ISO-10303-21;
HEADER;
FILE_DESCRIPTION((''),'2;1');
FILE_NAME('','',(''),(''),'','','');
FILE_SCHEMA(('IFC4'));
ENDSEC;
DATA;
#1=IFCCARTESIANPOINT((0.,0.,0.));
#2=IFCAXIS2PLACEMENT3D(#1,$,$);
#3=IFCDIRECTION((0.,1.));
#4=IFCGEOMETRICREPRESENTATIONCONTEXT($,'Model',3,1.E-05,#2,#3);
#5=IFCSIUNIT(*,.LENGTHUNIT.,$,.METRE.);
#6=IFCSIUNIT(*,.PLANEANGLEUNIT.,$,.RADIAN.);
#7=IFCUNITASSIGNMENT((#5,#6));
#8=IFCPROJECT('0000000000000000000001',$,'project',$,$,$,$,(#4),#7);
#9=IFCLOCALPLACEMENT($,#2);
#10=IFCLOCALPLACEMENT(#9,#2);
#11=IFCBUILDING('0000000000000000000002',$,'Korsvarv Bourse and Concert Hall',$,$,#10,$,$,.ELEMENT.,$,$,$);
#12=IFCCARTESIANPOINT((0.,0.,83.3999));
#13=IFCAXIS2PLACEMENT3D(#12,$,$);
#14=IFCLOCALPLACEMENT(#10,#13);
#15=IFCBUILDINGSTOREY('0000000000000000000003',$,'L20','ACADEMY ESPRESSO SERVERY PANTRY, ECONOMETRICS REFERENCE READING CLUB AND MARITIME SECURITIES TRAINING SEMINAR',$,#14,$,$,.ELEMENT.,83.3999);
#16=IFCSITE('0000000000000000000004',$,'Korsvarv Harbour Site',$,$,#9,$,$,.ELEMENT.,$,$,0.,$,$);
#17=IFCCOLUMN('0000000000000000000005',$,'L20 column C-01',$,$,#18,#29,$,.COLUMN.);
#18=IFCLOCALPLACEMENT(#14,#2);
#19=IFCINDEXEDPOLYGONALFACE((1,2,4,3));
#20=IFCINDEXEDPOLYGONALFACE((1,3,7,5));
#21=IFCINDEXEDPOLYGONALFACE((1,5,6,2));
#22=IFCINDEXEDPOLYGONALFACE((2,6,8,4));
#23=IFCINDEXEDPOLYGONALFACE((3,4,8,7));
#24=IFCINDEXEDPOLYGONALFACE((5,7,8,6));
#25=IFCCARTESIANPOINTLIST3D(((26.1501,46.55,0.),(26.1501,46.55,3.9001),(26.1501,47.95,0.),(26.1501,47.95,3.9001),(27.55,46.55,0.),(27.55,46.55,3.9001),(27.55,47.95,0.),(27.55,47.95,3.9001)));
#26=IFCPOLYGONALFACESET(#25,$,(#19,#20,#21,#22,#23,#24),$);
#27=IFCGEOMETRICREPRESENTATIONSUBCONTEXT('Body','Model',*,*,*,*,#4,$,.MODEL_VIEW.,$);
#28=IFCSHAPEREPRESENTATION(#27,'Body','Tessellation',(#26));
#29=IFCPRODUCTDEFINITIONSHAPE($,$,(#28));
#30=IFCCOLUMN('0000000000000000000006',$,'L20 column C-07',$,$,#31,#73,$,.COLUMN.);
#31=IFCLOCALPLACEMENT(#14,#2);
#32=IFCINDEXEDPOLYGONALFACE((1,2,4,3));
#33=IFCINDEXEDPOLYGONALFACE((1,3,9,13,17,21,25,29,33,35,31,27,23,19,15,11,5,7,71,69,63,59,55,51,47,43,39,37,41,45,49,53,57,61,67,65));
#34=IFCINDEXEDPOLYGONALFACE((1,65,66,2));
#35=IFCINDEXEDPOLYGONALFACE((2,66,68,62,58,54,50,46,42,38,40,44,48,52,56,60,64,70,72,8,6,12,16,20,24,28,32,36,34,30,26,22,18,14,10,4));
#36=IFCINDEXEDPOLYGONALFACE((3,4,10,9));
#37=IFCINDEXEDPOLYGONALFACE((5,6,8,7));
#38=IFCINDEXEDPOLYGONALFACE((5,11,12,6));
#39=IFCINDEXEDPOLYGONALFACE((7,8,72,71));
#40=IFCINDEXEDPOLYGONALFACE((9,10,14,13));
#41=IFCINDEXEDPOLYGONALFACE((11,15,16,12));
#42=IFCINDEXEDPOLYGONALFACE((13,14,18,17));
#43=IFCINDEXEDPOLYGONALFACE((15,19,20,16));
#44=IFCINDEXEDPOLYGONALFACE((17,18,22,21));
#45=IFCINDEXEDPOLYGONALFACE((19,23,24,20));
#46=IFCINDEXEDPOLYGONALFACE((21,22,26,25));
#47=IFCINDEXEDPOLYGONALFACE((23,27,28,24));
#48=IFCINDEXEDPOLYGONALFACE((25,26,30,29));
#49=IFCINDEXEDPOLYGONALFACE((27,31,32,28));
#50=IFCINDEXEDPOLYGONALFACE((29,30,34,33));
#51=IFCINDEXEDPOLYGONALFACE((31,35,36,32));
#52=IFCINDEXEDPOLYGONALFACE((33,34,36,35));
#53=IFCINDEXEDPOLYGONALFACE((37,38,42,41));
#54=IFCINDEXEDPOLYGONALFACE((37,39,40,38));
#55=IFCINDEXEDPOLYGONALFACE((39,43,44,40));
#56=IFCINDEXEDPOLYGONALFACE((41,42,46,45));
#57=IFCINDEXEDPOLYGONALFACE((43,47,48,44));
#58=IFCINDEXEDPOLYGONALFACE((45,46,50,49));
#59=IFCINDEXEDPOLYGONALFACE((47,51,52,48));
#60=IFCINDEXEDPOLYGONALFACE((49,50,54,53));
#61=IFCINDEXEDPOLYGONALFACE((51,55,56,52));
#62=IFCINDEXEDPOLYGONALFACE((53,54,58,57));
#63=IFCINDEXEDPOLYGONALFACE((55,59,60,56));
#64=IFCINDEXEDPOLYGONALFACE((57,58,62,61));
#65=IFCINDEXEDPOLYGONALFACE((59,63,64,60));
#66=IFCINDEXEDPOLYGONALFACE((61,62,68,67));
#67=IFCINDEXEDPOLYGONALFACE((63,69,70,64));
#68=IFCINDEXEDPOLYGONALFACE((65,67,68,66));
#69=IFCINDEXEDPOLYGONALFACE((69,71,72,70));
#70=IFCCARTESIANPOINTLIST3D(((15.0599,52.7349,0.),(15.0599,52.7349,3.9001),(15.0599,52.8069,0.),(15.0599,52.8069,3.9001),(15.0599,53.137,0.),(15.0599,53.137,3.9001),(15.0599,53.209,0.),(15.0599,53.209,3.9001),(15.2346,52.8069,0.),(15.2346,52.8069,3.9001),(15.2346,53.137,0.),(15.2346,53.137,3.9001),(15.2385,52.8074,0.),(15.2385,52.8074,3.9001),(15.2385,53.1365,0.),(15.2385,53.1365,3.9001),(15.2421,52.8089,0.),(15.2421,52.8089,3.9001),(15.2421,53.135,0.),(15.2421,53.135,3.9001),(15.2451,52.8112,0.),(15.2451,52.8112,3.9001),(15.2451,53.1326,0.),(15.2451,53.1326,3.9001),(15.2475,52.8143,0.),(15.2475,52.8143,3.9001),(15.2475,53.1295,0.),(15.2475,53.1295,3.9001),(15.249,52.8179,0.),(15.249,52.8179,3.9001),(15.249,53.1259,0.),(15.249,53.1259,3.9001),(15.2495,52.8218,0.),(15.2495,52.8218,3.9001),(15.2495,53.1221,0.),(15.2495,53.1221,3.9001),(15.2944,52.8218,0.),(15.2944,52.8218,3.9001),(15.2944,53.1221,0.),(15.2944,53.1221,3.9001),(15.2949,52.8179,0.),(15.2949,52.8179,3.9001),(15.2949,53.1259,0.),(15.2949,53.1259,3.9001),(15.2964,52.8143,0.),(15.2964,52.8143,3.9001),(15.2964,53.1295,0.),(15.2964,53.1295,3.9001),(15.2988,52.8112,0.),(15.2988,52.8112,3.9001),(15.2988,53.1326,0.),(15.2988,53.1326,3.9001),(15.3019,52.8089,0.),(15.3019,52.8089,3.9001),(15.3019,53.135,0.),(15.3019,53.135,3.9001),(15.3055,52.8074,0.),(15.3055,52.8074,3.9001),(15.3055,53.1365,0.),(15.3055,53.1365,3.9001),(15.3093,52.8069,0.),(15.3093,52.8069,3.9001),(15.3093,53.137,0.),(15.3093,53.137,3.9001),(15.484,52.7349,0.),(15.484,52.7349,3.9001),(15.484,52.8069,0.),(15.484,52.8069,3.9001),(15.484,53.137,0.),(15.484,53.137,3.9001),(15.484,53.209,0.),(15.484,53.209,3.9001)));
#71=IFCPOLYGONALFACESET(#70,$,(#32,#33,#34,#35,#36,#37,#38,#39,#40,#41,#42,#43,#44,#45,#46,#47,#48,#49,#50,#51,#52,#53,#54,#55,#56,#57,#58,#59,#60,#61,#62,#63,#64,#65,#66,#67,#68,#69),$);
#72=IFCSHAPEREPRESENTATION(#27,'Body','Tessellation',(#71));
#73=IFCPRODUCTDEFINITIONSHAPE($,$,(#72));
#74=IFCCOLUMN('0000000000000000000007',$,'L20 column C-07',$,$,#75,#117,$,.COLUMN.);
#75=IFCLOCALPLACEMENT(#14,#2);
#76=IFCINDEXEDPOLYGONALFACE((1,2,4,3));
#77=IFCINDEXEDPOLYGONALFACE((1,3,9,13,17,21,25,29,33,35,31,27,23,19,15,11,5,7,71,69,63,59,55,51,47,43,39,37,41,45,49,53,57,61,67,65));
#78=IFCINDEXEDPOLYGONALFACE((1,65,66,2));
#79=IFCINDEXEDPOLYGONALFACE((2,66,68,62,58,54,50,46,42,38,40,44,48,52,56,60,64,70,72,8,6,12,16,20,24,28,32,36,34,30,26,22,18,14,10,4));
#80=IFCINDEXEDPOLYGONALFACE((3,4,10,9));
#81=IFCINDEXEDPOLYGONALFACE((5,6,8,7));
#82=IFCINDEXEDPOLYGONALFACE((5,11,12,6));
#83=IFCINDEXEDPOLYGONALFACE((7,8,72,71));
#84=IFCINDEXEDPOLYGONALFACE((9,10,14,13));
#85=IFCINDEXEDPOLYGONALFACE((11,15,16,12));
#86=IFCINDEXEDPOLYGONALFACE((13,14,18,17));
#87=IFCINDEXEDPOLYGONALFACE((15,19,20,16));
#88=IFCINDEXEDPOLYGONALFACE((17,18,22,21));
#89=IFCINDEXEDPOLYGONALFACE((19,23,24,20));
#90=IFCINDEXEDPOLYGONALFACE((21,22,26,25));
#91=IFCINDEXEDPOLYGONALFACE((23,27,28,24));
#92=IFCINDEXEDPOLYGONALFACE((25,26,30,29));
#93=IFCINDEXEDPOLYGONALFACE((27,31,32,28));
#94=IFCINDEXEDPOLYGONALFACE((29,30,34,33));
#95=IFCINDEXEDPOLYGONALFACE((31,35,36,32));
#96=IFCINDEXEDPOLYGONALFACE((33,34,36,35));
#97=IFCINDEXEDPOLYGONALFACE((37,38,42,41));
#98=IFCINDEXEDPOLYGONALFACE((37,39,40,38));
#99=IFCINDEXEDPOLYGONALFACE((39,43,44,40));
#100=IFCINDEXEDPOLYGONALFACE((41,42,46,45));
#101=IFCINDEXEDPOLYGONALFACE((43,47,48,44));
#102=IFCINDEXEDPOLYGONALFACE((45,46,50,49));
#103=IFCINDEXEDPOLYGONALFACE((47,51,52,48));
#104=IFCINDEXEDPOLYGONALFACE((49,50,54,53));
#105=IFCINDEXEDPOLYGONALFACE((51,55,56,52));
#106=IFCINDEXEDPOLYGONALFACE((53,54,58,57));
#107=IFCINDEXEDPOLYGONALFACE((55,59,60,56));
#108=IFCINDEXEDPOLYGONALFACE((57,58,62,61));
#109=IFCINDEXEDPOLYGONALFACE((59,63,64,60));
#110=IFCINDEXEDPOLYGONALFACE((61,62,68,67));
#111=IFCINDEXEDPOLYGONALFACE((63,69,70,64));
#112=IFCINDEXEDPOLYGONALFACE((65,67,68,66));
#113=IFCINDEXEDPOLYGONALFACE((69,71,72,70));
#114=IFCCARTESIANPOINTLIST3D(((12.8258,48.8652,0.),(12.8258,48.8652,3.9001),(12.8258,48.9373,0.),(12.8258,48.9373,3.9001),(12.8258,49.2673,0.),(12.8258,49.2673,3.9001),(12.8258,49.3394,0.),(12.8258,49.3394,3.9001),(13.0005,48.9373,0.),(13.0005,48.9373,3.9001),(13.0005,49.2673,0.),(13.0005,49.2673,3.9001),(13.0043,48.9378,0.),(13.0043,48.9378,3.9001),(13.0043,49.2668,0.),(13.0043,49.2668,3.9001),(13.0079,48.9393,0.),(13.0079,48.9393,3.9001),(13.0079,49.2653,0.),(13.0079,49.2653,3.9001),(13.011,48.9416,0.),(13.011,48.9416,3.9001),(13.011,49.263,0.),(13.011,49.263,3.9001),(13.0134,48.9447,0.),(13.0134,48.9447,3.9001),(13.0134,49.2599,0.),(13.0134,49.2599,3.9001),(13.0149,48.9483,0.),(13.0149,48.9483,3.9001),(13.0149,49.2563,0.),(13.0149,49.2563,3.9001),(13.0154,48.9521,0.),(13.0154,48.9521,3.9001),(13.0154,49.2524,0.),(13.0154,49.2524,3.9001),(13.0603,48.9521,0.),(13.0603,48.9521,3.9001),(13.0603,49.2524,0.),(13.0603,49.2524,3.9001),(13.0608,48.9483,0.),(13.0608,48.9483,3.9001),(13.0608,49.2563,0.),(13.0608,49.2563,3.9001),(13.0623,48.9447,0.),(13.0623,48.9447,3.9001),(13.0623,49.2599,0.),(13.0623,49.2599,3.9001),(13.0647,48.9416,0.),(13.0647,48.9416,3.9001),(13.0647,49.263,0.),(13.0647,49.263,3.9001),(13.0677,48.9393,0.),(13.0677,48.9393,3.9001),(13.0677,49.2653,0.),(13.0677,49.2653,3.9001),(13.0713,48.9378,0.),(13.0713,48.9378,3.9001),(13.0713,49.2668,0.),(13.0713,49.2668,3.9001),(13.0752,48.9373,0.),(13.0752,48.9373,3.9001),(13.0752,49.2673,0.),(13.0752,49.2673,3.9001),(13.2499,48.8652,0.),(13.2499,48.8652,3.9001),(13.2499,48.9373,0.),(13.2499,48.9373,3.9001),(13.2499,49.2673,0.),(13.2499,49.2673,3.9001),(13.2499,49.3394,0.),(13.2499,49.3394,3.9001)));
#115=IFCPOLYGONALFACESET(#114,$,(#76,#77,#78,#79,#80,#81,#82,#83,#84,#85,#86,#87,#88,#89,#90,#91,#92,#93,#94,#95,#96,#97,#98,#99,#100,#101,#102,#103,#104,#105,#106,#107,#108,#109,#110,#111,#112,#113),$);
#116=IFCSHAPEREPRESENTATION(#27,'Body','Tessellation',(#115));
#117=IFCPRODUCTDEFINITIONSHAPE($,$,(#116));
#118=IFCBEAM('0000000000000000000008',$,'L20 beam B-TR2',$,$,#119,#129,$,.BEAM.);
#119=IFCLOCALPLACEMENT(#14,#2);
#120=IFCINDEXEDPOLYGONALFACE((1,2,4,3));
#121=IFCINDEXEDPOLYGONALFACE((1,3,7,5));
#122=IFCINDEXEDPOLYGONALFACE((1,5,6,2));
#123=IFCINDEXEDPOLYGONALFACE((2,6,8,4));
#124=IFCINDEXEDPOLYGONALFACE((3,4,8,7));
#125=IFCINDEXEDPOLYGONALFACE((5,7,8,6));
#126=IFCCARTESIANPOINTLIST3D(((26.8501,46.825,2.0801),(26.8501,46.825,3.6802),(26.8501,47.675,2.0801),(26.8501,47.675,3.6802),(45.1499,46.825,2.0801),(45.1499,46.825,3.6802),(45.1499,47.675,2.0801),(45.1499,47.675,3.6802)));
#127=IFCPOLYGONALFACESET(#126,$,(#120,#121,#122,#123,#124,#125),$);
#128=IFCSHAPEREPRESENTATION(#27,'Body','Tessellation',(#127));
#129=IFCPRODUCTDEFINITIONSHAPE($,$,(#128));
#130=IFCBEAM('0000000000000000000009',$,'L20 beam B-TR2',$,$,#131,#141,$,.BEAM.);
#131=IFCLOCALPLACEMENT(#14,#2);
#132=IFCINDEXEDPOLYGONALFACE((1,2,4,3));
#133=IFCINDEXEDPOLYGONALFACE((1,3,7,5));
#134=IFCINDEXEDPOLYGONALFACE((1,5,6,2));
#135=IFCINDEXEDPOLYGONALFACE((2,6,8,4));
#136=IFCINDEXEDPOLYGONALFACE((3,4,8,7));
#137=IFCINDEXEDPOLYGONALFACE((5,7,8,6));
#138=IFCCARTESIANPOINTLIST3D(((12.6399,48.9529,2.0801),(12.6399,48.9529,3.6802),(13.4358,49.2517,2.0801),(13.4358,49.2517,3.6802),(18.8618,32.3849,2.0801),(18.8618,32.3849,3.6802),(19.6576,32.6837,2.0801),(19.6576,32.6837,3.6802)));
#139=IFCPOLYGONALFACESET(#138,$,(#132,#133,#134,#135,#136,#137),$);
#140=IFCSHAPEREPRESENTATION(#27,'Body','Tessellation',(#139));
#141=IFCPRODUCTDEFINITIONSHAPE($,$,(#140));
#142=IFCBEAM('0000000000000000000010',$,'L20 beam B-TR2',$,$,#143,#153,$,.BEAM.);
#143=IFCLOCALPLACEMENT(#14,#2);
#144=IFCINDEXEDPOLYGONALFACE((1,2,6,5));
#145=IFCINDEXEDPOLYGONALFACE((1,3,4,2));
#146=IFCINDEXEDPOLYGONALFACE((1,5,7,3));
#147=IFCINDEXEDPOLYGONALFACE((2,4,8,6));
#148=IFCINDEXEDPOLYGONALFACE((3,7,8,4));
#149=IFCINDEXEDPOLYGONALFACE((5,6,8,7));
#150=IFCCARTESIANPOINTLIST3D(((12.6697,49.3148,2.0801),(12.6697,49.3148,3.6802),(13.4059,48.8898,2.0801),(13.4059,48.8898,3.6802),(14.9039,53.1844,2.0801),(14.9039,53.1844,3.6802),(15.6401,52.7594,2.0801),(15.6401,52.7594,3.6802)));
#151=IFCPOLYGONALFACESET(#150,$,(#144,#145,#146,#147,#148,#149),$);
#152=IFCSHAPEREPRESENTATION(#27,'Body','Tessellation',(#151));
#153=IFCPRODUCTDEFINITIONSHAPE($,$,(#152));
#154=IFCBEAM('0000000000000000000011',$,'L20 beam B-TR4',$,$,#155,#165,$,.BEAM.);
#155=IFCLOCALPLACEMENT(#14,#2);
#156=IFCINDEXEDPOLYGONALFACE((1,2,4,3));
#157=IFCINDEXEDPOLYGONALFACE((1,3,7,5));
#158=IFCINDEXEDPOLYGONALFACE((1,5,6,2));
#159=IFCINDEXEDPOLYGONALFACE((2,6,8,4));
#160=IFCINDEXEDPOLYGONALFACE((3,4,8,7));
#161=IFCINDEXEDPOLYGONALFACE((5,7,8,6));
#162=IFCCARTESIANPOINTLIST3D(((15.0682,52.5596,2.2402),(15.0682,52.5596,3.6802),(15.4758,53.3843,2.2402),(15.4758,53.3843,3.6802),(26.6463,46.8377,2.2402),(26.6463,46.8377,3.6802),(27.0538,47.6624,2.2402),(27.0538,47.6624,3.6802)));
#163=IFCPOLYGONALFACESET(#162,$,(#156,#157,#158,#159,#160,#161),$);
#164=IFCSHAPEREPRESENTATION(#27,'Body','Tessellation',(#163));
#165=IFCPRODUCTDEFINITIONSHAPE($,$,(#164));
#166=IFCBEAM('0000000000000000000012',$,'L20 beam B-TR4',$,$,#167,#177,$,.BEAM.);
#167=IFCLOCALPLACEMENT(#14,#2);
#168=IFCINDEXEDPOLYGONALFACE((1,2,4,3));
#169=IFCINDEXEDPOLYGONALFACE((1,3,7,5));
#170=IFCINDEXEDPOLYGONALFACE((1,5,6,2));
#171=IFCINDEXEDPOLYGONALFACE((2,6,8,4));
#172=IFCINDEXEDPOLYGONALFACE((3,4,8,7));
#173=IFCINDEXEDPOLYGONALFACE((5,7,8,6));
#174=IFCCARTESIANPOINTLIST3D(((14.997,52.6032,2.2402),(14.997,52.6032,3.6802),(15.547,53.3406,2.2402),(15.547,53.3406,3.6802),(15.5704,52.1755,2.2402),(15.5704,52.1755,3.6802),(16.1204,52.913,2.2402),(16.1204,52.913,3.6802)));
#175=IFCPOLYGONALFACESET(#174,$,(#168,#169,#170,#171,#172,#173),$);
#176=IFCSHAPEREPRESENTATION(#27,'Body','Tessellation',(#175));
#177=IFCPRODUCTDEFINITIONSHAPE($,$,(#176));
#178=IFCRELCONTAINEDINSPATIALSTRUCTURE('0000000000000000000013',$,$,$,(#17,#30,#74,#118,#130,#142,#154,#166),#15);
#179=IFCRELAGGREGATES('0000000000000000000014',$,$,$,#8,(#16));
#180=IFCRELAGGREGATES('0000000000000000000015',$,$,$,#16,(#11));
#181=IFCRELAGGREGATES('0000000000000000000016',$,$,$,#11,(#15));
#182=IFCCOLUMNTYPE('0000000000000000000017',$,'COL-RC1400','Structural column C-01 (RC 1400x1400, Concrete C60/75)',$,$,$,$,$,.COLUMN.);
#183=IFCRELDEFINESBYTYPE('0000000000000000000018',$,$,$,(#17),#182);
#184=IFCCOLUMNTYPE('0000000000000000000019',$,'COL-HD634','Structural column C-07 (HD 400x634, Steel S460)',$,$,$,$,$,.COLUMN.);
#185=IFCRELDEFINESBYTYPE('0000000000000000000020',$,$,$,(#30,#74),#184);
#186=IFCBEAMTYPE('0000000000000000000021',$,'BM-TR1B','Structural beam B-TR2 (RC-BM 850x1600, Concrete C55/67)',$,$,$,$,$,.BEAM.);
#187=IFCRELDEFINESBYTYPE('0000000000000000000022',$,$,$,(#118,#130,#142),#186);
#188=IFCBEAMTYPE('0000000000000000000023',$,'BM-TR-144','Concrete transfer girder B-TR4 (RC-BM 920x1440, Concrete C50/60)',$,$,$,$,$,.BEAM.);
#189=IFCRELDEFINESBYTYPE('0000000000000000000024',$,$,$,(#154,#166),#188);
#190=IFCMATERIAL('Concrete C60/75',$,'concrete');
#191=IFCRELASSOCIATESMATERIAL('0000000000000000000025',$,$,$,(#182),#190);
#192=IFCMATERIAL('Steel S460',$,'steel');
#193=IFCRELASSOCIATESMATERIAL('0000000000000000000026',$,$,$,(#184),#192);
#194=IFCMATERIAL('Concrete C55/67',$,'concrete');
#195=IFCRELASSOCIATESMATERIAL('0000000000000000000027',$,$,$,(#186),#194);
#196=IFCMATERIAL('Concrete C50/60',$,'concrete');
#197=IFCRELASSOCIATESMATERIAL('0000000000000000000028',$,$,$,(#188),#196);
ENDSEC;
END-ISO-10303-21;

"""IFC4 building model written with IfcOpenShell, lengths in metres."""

from ifc_helpers import new_model, si_unit, direction, frame, origin, origin_2d, place, context, subcontext, project, spatial, rectangle, i_section, extrude, source, transform, mapped, material, material_profile, profile_set, type_object, element, save


model = new_model("IFC4")

# Units and contexts
model_context = context("Model", 3, precision=1e-05, world=origin(), true_north=direction((0.0, 1.0)))
body_context = subcontext(model_context, "Body", "Model", "MODEL_VIEW")
ifc_project = project(units=[si_unit("LENGTHUNIT", "METRE"), si_unit("PLANEANGLEUNIT", "RADIAN")], contexts=[model_context])

# Site, building, storey
site_placement = place(None, origin())
site = spatial("IfcSite", under=ifc_project, at=site_placement, Name="Korsvarv Harbour Site", CompositionType="ELEMENT", RefElevation=0.0)
building_placement = place(site_placement, origin())
building = spatial("IfcBuilding", under=site, at=building_placement, Name="Korsvarv Bourse and Concert Hall", CompositionType="ELEMENT")
storey_placement = place(building_placement, frame((0.0, 0.0, 83.3999)))
storey = spatial("IfcBuildingStorey", under=building, at=storey_placement, Name="L20", Description="ACADEMY ESPRESSO SERVERY PANTRY, ECONOMETRICS REFERENCE READING CLUB AND MARITIME SECURITIES TRAINING SEMINAR", CompositionType="ELEMENT", Elevation=83.3999)

# Columns
ifc_material_1 = material(Name="Concrete C60/75", Category="concrete")
ifc_material_profile_1 = material_profile(ifc_material_1, rectangle(XDim=1.3999, YDim=1.3999, at=origin_2d()), Name="RC 1400x1400")
ifc_profile_set_1 = profile_set([ifc_material_profile_1], Name="Concrete C60/75")
column_type_1 = type_object("IfcColumnType", Name="COL-RC1400", Description="Structural column C-01 (RC 1400x1400, Concrete C60/75)", PredefinedType="COLUMN", material=ifc_profile_set_1)
shared_shape_1 = source(origin(), body_context, "Body", "SweptSolid", [
    extrude(rectangle(XDim=1.3999, YDim=1.3999, at=origin_2d()), origin(), (0.0, 0.0, 1.0), 3.9001),
])
column_placement = place(storey_placement, frame((26.8501, 47.25, 0.0), z_axis=(0.0, 0.0, 1.0), x_axis=(1.0, 0.0, 0.0)))
element("IfcColumn", 1, at=column_placement, inside=storey, type_object=column_type_1, Name="L20 column C-01", PredefinedType="COLUMN", context=body_context, shape_type="MappedRepresentation", body=[
    mapped(shared_shape_1, transform((0.0, 0.0, 0.0), scale=1.0)),
])
ifc_material_2 = material(Name="Steel S460", Category="steel")
ifc_material_profile_2 = material_profile(ifc_material_2, i_section(OverallWidth=0.4241, OverallDepth=0.4741, WebThickness=0.0449, FlangeThickness=0.072, FilletRadius=0.0149, at=origin_2d()), Name="HD 400x634")
ifc_profile_set_2 = profile_set([ifc_material_profile_2], Name="Steel S460")
column_type_2 = type_object("IfcColumnType", Name="COL-HD634", Description="Structural column C-07 (HD 400x634, Steel S460)", PredefinedType="COLUMN", material=ifc_profile_set_2)
shared_shape_2 = source(origin(), body_context, "Body", "SweptSolid", [
    extrude(i_section(OverallWidth=0.4241, OverallDepth=0.4741, WebThickness=0.0449, FlangeThickness=0.072, FilletRadius=0.0149, at=origin_2d()), origin(), (0.0, 0.0, 1.0), 3.9001),
])
for number, where, z_axis, x_axis, name in (
    (2, (15.272, 52.9719, 0.0), (0.0, 0.0, 1.0), (1.0, 0.0, 0.0), "L20 column C-07"),
    (3, (13.0378, 49.1023, 0.0), (0.0, 0.0, 1.0), (1.0, 0.0, 0.0), "L20 column C-07"),
):
    element("IfcColumn", number, at=place(storey_placement, frame(where, z_axis=z_axis, x_axis=x_axis)), inside=storey, type_object=column_type_2, Name=name, PredefinedType="COLUMN", context=body_context, shape_type="MappedRepresentation", body=[
        mapped(shared_shape_2, transform((0.0, 0.0, 0.0), scale=1.0)),
    ])

# Beams
ifc_material_3 = material(Name="Concrete C55/67", Category="concrete")
ifc_material_profile_3 = material_profile(ifc_material_3, rectangle(XDim=0.8501, YDim=1.6001, at=origin_2d()), Name="RC-BM 850x1600")
ifc_profile_set_3 = profile_set([ifc_material_profile_3], Name="Concrete C55/67")
beam_type_1 = type_object("IfcBeamType", Name="BM-TR1B", Description="Structural beam B-TR2 (RC-BM 850x1600, Concrete C55/67)", PredefinedType="BEAM", material=ifc_profile_set_3)
shared_shape_3 = source(origin(), body_context, "Body", "SweptSolid", [
    extrude(rectangle(XDim=0.8501, YDim=1.6001, at=origin_2d()), origin(), (0.0, 0.0, 1.0), 18.2998),
])
beam_1_placement = place(storey_placement, frame((26.8501, 47.25, 2.8801), z_axis=(1.0, 0.0, 0.0), x_axis=(0.0, 1.0, 0.0)))
element("IfcBeam", 4, at=beam_1_placement, inside=storey, type_object=beam_type_1, Name="L20 beam B-TR2", PredefinedType="BEAM", context=body_context, shape_type="MappedRepresentation", body=[
    mapped(shared_shape_3, transform((0.0, 0.0, 0.0), scale=1.0)),
])
shared_shape_4 = source(origin(), body_context, "Body", "SweptSolid", [
    extrude(rectangle(XDim=0.8501, YDim=1.6001, at=origin_2d()), origin(), (0.0, 0.0, 1.0), 17.6978),
])
beam_2_placement = place(storey_placement, frame((13.0378, 49.1023, 2.8801), z_axis=(0.351563, -0.936164, 0.0), x_axis=(0.936164, 0.351563, 0.0)))
element("IfcBeam", 5, at=beam_2_placement, inside=storey, type_object=beam_type_1, Name="L20 beam B-TR2", PredefinedType="BEAM", context=body_context, shape_type="MappedRepresentation", body=[
    mapped(shared_shape_4, transform((0.0, 0.0, 0.0), scale=1.0)),
])
shared_shape_5 = source(origin(), body_context, "Body", "SweptSolid", [
    extrude(rectangle(XDim=0.8501, YDim=1.6001, at=origin_2d()), origin(), (0.0, 0.0, 1.0), 4.4683),
])
beam_3_placement = place(storey_placement, frame((15.272, 52.9719, 2.8801), z_axis=(-0.5, -0.866025, 0.0), x_axis=(0.866025, -0.5, 0.0)))
element("IfcBeam", 6, at=beam_3_placement, inside=storey, type_object=beam_type_1, Name="L20 beam B-TR2", PredefinedType="BEAM", context=body_context, shape_type="MappedRepresentation", body=[
    mapped(shared_shape_5, transform((0.0, 0.0, 0.0), scale=1.0)),
])
ifc_material_4 = material(Name="Concrete C50/60", Category="concrete")
ifc_material_profile_4 = material_profile(ifc_material_4, rectangle(XDim=0.9199, YDim=1.4399, at=origin_2d()), Name="RC-BM 920x1440")
ifc_profile_set_4 = profile_set([ifc_material_profile_4], Name="Concrete C50/60")
beam_type_2 = type_object("IfcBeamType", Name="BM-TR-144", Description="Concrete transfer girder B-TR4 (RC-BM 920x1440, Concrete C50/60)", PredefinedType="BEAM", material=ifc_profile_set_4)
shared_shape_6 = source(origin(), body_context, "Body", "SweptSolid", [
    extrude(rectangle(XDim=0.9199, YDim=1.4399, at=origin_2d()), origin(), (0.0, 0.0, 1.0), 12.9148),
])
beam_4_placement = place(storey_placement, frame((15.272, 52.9719, 2.9602), z_axis=(0.896497, -0.44305, 0.0), x_axis=(0.44305, 0.896497, 0.0)))
element("IfcBeam", 7, at=beam_4_placement, inside=storey, type_object=beam_type_2, Name="L20 beam B-TR4", PredefinedType="BEAM", context=body_context, shape_type="MappedRepresentation", body=[
    mapped(shared_shape_6, transform((0.0, 0.0, 0.0), scale=1.0)),
])
shared_shape_7 = source(origin(), body_context, "Body", "SweptSolid", [
    extrude(rectangle(XDim=0.9199, YDim=1.4399, at=origin_2d()), origin(), (0.0, 0.0, 1.0), 0.7153),
])
for number, where, z_axis, x_axis, name in (
    (8, (15.272, 52.9719, 2.9602), (0.801594, -0.597868, 0.0), (0.597868, 0.801594, 0.0), "L20 beam B-TR4"),
):
    element("IfcBeam", number, at=place(storey_placement, frame(where, z_axis=z_axis, x_axis=x_axis)), inside=storey, type_object=beam_type_2, Name=name, PredefinedType="BEAM", context=body_context, shape_type="MappedRepresentation", body=[
        mapped(shared_shape_7, transform((0.0, 0.0, 0.0), scale=1.0)),
    ])

save(model, "model.ifc")
